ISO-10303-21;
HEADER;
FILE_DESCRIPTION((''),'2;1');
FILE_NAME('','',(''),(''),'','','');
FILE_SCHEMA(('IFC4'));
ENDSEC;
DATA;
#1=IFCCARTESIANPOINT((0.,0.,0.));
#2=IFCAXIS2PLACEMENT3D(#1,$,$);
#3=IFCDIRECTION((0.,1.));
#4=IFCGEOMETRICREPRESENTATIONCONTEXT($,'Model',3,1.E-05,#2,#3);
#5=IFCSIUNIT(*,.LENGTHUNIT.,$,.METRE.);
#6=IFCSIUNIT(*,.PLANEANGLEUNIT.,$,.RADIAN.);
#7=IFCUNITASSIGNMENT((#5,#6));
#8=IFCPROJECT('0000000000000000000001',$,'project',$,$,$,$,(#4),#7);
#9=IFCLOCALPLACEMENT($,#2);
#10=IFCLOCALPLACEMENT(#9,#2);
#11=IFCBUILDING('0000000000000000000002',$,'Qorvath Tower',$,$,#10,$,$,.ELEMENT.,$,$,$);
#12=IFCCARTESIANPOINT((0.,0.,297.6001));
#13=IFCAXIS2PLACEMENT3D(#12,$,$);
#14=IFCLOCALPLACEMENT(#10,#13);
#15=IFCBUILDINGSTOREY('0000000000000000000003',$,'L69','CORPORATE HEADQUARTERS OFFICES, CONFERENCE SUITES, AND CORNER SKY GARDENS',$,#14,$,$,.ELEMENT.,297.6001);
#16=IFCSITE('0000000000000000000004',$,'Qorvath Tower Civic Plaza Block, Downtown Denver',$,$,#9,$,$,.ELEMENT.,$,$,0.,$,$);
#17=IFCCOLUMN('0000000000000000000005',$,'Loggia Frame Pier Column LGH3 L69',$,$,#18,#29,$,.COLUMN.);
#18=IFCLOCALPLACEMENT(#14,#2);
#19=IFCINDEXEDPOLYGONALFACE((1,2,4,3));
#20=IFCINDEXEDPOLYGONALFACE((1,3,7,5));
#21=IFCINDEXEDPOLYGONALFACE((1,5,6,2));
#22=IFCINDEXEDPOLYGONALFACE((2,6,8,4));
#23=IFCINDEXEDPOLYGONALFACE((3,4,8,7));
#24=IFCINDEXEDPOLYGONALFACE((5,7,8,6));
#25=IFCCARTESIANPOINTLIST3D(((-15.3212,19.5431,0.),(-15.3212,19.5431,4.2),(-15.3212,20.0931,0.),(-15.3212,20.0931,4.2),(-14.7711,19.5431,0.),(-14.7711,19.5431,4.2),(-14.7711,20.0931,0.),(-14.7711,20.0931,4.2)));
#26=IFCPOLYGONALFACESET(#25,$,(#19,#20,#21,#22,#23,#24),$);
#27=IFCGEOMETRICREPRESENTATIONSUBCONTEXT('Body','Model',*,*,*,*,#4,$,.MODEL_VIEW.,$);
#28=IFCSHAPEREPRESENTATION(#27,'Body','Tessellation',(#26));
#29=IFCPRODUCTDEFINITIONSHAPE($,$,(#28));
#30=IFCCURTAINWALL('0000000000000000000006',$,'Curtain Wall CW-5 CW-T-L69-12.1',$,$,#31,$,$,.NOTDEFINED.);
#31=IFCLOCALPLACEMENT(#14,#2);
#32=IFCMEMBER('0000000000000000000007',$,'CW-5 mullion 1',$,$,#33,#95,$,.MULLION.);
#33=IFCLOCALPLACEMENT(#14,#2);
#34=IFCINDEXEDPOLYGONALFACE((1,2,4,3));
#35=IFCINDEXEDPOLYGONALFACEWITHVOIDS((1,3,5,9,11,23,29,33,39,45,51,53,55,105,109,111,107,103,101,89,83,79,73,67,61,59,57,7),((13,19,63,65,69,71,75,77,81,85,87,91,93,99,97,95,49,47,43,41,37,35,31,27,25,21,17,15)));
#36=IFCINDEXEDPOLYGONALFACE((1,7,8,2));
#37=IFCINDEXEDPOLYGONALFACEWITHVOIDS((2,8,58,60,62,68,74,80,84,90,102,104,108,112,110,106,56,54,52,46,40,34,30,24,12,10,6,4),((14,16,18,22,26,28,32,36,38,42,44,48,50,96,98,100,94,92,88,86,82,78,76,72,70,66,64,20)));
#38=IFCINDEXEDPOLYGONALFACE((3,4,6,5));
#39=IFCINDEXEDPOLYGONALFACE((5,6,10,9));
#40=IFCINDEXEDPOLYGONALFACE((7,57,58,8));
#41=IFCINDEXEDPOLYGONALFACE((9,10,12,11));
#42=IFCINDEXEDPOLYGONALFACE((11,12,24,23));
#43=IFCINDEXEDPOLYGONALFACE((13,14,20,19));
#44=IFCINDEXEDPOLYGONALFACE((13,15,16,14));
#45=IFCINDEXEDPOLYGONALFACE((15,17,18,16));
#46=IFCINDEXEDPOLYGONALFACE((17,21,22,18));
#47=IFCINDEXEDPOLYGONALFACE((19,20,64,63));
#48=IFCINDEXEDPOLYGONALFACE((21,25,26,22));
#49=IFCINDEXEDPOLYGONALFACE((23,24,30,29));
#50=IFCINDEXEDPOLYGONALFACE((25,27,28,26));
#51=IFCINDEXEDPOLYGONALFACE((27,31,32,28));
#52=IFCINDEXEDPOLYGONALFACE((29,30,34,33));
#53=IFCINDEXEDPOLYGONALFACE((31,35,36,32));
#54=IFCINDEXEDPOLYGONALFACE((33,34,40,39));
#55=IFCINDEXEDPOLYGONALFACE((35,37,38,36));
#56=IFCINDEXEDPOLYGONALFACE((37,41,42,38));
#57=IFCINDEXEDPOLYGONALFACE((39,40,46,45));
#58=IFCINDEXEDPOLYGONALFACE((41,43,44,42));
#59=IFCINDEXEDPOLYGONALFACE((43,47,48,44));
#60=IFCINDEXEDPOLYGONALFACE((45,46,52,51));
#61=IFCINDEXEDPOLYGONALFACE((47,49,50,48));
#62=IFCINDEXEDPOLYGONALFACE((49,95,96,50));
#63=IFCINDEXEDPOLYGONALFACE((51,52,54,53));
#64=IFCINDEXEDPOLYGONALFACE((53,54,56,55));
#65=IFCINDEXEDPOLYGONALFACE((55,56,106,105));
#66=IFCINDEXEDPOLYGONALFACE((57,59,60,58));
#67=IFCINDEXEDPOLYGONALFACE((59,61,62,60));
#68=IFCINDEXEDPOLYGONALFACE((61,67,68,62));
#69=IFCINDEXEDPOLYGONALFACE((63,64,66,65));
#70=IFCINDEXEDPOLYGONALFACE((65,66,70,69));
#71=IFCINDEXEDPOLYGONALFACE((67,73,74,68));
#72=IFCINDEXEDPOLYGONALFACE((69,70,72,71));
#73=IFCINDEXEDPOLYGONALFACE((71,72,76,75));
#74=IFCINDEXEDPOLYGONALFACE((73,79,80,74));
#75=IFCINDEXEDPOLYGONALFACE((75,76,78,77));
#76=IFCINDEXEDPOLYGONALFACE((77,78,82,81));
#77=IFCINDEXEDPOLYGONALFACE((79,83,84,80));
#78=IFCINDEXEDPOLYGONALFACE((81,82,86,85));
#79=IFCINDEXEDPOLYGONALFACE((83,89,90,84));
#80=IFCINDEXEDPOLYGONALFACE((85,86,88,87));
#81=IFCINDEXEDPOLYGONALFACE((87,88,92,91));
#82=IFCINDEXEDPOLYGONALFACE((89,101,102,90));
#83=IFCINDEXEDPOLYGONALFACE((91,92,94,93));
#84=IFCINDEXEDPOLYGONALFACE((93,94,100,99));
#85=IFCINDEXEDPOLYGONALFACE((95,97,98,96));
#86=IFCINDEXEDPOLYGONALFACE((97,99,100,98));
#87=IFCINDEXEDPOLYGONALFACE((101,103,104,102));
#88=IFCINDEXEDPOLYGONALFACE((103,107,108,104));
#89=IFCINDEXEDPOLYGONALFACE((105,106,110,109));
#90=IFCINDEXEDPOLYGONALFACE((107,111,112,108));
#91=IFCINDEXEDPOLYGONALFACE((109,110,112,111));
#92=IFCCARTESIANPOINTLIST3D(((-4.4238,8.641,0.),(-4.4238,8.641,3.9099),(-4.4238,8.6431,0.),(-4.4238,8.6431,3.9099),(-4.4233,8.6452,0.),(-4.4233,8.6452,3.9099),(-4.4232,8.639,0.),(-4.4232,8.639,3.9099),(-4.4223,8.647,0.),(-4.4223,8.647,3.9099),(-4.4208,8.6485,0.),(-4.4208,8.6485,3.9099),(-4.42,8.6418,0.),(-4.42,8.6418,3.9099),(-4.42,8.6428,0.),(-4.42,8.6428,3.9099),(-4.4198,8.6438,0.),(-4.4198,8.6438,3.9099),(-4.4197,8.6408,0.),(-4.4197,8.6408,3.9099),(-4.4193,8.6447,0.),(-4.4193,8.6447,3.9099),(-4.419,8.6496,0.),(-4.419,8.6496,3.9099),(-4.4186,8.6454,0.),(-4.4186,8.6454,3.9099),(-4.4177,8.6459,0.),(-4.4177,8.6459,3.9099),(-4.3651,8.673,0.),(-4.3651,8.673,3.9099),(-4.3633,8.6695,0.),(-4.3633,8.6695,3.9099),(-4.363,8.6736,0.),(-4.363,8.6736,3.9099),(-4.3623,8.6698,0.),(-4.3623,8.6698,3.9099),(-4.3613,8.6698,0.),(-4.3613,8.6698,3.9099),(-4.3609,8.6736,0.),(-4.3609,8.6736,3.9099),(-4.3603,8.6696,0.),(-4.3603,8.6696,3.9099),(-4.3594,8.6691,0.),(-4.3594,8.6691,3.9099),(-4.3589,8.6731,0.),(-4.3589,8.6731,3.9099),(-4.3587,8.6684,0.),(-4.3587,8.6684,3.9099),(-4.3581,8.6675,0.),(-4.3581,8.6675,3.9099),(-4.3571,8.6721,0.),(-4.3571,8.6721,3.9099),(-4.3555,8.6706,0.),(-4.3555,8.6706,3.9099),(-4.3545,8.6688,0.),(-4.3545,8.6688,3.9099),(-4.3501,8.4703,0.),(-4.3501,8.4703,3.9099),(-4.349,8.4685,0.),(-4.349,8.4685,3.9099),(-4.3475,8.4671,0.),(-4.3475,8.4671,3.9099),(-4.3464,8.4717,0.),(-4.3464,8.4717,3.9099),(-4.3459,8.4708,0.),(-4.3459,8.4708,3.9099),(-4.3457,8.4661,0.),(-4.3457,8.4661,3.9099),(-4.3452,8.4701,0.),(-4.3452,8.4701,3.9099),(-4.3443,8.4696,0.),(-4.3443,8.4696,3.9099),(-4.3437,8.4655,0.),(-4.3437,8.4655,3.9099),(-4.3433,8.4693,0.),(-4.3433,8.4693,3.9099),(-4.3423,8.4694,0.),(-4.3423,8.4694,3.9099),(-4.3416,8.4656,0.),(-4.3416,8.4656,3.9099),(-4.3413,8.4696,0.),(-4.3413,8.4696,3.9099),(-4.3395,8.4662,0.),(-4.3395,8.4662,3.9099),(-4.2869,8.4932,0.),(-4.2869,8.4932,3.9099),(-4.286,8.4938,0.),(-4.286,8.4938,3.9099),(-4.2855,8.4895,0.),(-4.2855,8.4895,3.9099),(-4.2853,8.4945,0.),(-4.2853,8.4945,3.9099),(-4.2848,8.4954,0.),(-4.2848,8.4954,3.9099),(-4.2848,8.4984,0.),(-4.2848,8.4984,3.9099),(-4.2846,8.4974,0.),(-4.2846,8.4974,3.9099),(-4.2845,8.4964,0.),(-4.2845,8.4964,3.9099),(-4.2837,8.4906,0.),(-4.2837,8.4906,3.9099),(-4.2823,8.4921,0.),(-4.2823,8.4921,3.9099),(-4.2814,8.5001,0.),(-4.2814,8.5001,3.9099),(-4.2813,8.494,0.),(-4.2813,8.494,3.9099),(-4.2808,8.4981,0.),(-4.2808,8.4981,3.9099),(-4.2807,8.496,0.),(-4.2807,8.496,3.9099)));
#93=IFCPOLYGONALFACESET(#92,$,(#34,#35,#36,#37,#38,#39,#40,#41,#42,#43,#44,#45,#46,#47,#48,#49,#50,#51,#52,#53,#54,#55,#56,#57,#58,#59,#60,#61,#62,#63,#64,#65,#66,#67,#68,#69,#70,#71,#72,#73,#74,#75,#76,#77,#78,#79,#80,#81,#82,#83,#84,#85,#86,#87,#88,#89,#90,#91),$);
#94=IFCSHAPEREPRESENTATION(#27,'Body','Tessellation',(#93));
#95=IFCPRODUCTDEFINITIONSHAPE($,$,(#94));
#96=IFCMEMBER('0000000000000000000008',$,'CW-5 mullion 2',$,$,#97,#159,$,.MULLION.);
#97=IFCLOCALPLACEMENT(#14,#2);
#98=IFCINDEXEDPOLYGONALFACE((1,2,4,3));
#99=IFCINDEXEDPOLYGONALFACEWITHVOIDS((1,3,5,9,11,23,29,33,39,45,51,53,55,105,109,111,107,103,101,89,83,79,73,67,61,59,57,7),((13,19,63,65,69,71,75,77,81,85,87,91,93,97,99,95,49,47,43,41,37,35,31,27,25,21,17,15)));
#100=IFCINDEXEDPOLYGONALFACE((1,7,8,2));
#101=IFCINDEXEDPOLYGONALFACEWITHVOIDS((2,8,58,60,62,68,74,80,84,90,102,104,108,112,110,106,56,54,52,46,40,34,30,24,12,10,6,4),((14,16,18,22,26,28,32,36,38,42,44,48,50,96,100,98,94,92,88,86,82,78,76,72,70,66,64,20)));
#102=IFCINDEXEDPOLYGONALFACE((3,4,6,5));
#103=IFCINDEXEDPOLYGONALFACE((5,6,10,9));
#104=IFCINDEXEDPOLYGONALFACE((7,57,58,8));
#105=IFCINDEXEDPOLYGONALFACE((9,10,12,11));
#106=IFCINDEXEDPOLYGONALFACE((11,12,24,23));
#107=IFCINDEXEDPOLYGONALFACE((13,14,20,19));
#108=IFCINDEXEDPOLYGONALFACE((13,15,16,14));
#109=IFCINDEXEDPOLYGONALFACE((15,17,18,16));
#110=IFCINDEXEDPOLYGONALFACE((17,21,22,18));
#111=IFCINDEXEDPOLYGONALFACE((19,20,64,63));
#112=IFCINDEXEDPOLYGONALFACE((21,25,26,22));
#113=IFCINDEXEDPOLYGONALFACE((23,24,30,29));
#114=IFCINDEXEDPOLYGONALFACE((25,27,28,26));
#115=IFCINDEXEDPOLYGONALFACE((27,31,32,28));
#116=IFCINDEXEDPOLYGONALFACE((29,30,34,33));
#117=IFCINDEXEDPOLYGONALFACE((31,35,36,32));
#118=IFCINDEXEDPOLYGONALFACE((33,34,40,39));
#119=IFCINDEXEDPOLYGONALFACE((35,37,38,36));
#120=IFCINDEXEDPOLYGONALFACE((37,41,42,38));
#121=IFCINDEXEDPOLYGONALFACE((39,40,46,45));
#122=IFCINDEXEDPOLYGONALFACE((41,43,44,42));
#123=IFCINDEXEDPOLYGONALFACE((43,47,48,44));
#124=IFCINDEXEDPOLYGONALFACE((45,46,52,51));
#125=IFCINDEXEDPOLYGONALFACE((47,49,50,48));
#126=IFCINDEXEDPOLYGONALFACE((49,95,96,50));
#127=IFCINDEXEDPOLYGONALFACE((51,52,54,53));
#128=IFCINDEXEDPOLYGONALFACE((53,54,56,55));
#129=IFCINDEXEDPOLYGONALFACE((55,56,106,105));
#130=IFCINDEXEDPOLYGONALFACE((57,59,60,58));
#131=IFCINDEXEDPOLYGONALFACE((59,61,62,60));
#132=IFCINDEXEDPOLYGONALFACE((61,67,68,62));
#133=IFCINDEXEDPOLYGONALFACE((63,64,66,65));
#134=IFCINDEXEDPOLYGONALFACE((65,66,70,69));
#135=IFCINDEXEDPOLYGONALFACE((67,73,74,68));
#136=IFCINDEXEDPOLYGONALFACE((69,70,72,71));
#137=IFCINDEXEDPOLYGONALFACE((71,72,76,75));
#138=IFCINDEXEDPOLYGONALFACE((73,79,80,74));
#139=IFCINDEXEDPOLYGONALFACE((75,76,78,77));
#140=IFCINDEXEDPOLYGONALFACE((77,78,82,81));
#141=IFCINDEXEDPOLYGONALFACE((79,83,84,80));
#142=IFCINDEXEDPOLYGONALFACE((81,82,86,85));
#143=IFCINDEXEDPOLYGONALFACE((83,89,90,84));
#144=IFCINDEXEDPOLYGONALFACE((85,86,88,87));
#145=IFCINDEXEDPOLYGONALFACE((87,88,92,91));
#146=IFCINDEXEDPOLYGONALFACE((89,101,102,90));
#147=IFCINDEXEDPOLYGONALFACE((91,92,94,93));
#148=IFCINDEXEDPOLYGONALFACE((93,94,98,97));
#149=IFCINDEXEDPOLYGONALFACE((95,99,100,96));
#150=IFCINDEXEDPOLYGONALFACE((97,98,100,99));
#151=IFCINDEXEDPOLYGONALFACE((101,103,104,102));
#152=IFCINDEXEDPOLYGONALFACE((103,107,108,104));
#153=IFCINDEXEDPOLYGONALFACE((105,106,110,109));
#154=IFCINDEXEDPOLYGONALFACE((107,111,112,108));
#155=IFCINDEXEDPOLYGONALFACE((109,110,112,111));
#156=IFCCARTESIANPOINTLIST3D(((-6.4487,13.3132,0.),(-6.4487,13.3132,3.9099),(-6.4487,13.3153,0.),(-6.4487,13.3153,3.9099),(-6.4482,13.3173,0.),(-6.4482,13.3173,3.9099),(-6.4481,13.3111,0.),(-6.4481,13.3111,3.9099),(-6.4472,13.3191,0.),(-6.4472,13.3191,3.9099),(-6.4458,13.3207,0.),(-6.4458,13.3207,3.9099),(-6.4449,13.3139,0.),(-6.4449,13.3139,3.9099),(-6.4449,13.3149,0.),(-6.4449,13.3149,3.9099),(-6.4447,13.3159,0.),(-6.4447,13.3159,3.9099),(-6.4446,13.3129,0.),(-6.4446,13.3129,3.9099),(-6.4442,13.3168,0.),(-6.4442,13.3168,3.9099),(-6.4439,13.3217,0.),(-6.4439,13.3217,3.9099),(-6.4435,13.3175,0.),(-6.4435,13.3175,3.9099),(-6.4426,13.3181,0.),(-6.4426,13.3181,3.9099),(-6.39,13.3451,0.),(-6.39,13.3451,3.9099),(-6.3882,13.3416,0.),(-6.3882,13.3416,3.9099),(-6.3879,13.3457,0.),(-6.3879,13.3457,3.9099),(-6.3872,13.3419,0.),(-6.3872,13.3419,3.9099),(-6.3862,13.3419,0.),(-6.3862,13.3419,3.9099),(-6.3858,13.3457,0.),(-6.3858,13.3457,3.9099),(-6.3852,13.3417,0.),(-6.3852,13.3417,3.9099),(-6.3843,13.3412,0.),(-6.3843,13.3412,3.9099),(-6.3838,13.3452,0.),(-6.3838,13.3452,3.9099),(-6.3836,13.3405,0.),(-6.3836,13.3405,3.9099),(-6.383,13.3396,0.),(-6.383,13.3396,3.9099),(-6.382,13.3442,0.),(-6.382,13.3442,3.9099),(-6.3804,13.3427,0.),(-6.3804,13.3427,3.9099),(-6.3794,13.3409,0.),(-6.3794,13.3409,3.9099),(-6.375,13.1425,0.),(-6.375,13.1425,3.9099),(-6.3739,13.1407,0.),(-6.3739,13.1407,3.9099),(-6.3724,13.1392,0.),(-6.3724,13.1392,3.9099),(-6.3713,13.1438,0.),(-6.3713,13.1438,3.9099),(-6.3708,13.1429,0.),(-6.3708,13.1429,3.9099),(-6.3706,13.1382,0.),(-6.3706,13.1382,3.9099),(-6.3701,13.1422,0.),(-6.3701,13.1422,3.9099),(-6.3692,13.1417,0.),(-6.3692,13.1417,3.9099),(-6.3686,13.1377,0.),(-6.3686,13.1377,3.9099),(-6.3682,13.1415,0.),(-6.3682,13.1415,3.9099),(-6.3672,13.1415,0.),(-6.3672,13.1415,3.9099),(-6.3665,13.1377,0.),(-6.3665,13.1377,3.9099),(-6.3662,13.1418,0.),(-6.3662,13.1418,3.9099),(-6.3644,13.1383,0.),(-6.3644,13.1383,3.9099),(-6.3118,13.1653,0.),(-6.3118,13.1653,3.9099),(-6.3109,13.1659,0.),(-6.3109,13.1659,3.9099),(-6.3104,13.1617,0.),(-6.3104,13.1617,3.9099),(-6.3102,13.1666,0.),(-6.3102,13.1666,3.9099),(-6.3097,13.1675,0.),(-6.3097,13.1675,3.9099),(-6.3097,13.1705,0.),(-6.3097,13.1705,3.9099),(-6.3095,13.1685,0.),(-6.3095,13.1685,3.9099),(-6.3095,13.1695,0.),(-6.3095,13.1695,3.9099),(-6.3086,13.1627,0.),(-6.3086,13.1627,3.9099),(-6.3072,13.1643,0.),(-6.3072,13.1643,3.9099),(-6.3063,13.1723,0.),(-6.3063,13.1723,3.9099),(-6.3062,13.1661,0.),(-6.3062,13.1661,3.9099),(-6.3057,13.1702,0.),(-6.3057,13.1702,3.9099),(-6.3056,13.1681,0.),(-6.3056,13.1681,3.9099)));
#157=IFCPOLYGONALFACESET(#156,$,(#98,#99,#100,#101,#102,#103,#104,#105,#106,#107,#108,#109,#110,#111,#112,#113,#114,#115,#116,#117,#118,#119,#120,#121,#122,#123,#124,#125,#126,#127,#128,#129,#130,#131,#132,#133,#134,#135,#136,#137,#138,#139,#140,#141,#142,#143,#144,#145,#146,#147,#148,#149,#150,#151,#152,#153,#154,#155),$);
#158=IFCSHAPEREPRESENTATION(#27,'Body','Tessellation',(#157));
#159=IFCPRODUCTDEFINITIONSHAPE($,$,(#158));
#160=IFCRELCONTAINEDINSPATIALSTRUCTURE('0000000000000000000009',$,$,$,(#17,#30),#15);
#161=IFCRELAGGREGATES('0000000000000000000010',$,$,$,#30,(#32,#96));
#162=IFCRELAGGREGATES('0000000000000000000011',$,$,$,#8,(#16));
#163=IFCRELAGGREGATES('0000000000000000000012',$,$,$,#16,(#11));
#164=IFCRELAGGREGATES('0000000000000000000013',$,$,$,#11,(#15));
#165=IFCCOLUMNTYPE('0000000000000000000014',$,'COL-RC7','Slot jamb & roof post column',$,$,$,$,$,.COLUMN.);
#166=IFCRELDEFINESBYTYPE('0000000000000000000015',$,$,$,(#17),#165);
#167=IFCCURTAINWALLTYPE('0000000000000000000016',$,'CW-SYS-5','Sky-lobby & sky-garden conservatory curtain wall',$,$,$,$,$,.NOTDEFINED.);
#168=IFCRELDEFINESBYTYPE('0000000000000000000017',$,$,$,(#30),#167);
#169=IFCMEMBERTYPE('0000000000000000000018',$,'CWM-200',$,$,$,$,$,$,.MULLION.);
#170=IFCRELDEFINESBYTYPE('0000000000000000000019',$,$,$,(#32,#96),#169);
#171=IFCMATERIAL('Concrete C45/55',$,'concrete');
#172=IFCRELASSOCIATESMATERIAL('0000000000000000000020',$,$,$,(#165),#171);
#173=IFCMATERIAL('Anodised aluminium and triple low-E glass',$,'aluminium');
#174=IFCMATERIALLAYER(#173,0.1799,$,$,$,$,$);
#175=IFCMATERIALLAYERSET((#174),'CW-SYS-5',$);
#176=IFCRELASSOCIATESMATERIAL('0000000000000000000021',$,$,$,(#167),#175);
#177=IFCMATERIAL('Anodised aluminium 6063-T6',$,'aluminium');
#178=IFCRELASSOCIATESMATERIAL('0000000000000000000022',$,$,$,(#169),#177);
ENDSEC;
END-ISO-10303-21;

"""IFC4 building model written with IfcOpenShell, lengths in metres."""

from ifc_helpers import new_model, si_unit, direction, frame, origin, origin_2d, place, context, subcontext, project, spatial, rectangle, hollow_rectangle, extrude, material, layer, layer_set, material_profile, profile_set, type_object, element, aggregate, save


model = new_model("IFC4")

# Units and contexts
model_context = context("Model", 3, precision=1e-05, world=origin(), true_north=direction((0.0, 1.0)))
body_context = subcontext(model_context, "Body", "Model", "MODEL_VIEW")
ifc_project = project(units=[si_unit("LENGTHUNIT", "METRE"), si_unit("PLANEANGLEUNIT", "RADIAN")], contexts=[model_context])

# Site, building, storey
site_placement = place(None, origin())
site = spatial("IfcSite", under=ifc_project, at=site_placement, Name="Qorvath Tower Civic Plaza Block, Downtown Denver", CompositionType="ELEMENT", RefElevation=0.0)
building_placement = place(site_placement, origin())
building = spatial("IfcBuilding", under=site, at=building_placement, Name="Qorvath Tower", CompositionType="ELEMENT")
storey_placement = place(building_placement, frame((0.0, 0.0, 297.6001)))
storey = spatial("IfcBuildingStorey", under=building, at=storey_placement, Name="L69", Description="CORPORATE HEADQUARTERS OFFICES, CONFERENCE SUITES, AND CORNER SKY GARDENS", CompositionType="ELEMENT", Elevation=297.6001)

# Column
ifc_material_1 = material(Name="Concrete C45/55", Category="concrete")
ifc_material_profile_1 = material_profile(ifc_material_1, rectangle(XDim=0.55, YDim=0.55, at=origin_2d()), Name="RC 550x550")
ifc_profile_set_1 = profile_set([ifc_material_profile_1], Name="Concrete C45/55")
column_type = type_object("IfcColumnType", Name="COL-RC7", Description="Slot jamb & roof post column", PredefinedType="COLUMN", material=ifc_profile_set_1)
column_placement = place(storey_placement, frame((-15.0461, 19.8181, 0.0), z_axis=(0.0, 0.0, 1.0), x_axis=(1.0, 0.0, 0.0)))
element("IfcColumn", 1, at=column_placement, inside=storey, type_object=column_type, Name="Loggia Frame Pier Column LGH3 L69", PredefinedType="COLUMN", context=body_context, shape_type="SweptSolid", body=[
    extrude(rectangle(XDim=0.55, YDim=0.55, at=origin_2d()), origin(), (0.0, 0.0, 1.0), 4.2),
])

# Curtain wall, members
ifc_material_2 = material(Name="Anodised aluminium and triple low-E glass", Category="aluminium")
ifc_layer_1 = layer(ifc_material_2, 0.1799)
ifc_layer_set_1 = layer_set([ifc_layer_1], Name="CW-SYS-5")
curtain_wall_type = type_object("IfcCurtainWallType", Name="CW-SYS-5", Description="Sky-lobby & sky-garden conservatory curtain wall", PredefinedType="NOTDEFINED", material=ifc_layer_set_1)
curtain_wall_1_placement = place(storey_placement, origin())
curtain_wall_1 = element("IfcCurtainWall", 2, at=curtain_wall_1_placement, inside=storey, type_object=curtain_wall_type, Name="Curtain Wall CW-5 CW-T-L69-12.1", PredefinedType="NOTDEFINED")
ifc_material_3 = material(Name="Anodised aluminium 6063-T6", Category="aluminium")
ifc_material_profile_2 = material_profile(ifc_material_3, hollow_rectangle(XDim=0.075, YDim=0.2, WallThickness=0.0039, InnerFilletRadius=0.0039, OuterFilletRadius=0.0081, at=origin_2d()), Name="CWM 200x75")
ifc_profile_set_2 = profile_set([ifc_material_profile_2], Name="Anodised aluminium 6063-T6")
member_type_1 = type_object("IfcMemberType", Name="CWM-200", PredefinedType="MULLION", material=ifc_profile_set_2)
member_1_placement = place(storey_placement, frame((-4.3523, 8.5696, 0.0), z_axis=(0.0, 0.0, 1.0), x_axis=(-0.917534, -0.397658, 0.0)))
member_1 = element("IfcMember", 3, at=member_1_placement, type_object=member_type_1, Name="CW-5 mullion 1", PredefinedType="MULLION", context=body_context, shape_type="SweptSolid", body=[
    extrude(hollow_rectangle(XDim=0.075, YDim=0.2, WallThickness=0.0039, InnerFilletRadius=0.0039, OuterFilletRadius=0.0081, at=origin_2d()), origin(), (0.0, 0.0, 1.0), 3.9099),
])
member_2_placement = place(storey_placement, frame((-6.3772, 13.2417, 0.0), z_axis=(0.0, 0.0, 1.0), x_axis=(-0.917534, -0.397658, 0.0)))
member_2 = element("IfcMember", 4, at=member_2_placement, type_object=member_type_1, Name="CW-5 mullion 2", PredefinedType="MULLION", context=body_context, shape_type="SweptSolid", body=[
    extrude(hollow_rectangle(XDim=0.075, YDim=0.2, WallThickness=0.0039, InnerFilletRadius=0.0039, OuterFilletRadius=0.0081, at=origin_2d()), origin(), (0.0, 0.0, 1.0), 3.9099),
])

aggregate(curtain_wall_1, [member_1, member_2])

save(model, "model.ifc")
